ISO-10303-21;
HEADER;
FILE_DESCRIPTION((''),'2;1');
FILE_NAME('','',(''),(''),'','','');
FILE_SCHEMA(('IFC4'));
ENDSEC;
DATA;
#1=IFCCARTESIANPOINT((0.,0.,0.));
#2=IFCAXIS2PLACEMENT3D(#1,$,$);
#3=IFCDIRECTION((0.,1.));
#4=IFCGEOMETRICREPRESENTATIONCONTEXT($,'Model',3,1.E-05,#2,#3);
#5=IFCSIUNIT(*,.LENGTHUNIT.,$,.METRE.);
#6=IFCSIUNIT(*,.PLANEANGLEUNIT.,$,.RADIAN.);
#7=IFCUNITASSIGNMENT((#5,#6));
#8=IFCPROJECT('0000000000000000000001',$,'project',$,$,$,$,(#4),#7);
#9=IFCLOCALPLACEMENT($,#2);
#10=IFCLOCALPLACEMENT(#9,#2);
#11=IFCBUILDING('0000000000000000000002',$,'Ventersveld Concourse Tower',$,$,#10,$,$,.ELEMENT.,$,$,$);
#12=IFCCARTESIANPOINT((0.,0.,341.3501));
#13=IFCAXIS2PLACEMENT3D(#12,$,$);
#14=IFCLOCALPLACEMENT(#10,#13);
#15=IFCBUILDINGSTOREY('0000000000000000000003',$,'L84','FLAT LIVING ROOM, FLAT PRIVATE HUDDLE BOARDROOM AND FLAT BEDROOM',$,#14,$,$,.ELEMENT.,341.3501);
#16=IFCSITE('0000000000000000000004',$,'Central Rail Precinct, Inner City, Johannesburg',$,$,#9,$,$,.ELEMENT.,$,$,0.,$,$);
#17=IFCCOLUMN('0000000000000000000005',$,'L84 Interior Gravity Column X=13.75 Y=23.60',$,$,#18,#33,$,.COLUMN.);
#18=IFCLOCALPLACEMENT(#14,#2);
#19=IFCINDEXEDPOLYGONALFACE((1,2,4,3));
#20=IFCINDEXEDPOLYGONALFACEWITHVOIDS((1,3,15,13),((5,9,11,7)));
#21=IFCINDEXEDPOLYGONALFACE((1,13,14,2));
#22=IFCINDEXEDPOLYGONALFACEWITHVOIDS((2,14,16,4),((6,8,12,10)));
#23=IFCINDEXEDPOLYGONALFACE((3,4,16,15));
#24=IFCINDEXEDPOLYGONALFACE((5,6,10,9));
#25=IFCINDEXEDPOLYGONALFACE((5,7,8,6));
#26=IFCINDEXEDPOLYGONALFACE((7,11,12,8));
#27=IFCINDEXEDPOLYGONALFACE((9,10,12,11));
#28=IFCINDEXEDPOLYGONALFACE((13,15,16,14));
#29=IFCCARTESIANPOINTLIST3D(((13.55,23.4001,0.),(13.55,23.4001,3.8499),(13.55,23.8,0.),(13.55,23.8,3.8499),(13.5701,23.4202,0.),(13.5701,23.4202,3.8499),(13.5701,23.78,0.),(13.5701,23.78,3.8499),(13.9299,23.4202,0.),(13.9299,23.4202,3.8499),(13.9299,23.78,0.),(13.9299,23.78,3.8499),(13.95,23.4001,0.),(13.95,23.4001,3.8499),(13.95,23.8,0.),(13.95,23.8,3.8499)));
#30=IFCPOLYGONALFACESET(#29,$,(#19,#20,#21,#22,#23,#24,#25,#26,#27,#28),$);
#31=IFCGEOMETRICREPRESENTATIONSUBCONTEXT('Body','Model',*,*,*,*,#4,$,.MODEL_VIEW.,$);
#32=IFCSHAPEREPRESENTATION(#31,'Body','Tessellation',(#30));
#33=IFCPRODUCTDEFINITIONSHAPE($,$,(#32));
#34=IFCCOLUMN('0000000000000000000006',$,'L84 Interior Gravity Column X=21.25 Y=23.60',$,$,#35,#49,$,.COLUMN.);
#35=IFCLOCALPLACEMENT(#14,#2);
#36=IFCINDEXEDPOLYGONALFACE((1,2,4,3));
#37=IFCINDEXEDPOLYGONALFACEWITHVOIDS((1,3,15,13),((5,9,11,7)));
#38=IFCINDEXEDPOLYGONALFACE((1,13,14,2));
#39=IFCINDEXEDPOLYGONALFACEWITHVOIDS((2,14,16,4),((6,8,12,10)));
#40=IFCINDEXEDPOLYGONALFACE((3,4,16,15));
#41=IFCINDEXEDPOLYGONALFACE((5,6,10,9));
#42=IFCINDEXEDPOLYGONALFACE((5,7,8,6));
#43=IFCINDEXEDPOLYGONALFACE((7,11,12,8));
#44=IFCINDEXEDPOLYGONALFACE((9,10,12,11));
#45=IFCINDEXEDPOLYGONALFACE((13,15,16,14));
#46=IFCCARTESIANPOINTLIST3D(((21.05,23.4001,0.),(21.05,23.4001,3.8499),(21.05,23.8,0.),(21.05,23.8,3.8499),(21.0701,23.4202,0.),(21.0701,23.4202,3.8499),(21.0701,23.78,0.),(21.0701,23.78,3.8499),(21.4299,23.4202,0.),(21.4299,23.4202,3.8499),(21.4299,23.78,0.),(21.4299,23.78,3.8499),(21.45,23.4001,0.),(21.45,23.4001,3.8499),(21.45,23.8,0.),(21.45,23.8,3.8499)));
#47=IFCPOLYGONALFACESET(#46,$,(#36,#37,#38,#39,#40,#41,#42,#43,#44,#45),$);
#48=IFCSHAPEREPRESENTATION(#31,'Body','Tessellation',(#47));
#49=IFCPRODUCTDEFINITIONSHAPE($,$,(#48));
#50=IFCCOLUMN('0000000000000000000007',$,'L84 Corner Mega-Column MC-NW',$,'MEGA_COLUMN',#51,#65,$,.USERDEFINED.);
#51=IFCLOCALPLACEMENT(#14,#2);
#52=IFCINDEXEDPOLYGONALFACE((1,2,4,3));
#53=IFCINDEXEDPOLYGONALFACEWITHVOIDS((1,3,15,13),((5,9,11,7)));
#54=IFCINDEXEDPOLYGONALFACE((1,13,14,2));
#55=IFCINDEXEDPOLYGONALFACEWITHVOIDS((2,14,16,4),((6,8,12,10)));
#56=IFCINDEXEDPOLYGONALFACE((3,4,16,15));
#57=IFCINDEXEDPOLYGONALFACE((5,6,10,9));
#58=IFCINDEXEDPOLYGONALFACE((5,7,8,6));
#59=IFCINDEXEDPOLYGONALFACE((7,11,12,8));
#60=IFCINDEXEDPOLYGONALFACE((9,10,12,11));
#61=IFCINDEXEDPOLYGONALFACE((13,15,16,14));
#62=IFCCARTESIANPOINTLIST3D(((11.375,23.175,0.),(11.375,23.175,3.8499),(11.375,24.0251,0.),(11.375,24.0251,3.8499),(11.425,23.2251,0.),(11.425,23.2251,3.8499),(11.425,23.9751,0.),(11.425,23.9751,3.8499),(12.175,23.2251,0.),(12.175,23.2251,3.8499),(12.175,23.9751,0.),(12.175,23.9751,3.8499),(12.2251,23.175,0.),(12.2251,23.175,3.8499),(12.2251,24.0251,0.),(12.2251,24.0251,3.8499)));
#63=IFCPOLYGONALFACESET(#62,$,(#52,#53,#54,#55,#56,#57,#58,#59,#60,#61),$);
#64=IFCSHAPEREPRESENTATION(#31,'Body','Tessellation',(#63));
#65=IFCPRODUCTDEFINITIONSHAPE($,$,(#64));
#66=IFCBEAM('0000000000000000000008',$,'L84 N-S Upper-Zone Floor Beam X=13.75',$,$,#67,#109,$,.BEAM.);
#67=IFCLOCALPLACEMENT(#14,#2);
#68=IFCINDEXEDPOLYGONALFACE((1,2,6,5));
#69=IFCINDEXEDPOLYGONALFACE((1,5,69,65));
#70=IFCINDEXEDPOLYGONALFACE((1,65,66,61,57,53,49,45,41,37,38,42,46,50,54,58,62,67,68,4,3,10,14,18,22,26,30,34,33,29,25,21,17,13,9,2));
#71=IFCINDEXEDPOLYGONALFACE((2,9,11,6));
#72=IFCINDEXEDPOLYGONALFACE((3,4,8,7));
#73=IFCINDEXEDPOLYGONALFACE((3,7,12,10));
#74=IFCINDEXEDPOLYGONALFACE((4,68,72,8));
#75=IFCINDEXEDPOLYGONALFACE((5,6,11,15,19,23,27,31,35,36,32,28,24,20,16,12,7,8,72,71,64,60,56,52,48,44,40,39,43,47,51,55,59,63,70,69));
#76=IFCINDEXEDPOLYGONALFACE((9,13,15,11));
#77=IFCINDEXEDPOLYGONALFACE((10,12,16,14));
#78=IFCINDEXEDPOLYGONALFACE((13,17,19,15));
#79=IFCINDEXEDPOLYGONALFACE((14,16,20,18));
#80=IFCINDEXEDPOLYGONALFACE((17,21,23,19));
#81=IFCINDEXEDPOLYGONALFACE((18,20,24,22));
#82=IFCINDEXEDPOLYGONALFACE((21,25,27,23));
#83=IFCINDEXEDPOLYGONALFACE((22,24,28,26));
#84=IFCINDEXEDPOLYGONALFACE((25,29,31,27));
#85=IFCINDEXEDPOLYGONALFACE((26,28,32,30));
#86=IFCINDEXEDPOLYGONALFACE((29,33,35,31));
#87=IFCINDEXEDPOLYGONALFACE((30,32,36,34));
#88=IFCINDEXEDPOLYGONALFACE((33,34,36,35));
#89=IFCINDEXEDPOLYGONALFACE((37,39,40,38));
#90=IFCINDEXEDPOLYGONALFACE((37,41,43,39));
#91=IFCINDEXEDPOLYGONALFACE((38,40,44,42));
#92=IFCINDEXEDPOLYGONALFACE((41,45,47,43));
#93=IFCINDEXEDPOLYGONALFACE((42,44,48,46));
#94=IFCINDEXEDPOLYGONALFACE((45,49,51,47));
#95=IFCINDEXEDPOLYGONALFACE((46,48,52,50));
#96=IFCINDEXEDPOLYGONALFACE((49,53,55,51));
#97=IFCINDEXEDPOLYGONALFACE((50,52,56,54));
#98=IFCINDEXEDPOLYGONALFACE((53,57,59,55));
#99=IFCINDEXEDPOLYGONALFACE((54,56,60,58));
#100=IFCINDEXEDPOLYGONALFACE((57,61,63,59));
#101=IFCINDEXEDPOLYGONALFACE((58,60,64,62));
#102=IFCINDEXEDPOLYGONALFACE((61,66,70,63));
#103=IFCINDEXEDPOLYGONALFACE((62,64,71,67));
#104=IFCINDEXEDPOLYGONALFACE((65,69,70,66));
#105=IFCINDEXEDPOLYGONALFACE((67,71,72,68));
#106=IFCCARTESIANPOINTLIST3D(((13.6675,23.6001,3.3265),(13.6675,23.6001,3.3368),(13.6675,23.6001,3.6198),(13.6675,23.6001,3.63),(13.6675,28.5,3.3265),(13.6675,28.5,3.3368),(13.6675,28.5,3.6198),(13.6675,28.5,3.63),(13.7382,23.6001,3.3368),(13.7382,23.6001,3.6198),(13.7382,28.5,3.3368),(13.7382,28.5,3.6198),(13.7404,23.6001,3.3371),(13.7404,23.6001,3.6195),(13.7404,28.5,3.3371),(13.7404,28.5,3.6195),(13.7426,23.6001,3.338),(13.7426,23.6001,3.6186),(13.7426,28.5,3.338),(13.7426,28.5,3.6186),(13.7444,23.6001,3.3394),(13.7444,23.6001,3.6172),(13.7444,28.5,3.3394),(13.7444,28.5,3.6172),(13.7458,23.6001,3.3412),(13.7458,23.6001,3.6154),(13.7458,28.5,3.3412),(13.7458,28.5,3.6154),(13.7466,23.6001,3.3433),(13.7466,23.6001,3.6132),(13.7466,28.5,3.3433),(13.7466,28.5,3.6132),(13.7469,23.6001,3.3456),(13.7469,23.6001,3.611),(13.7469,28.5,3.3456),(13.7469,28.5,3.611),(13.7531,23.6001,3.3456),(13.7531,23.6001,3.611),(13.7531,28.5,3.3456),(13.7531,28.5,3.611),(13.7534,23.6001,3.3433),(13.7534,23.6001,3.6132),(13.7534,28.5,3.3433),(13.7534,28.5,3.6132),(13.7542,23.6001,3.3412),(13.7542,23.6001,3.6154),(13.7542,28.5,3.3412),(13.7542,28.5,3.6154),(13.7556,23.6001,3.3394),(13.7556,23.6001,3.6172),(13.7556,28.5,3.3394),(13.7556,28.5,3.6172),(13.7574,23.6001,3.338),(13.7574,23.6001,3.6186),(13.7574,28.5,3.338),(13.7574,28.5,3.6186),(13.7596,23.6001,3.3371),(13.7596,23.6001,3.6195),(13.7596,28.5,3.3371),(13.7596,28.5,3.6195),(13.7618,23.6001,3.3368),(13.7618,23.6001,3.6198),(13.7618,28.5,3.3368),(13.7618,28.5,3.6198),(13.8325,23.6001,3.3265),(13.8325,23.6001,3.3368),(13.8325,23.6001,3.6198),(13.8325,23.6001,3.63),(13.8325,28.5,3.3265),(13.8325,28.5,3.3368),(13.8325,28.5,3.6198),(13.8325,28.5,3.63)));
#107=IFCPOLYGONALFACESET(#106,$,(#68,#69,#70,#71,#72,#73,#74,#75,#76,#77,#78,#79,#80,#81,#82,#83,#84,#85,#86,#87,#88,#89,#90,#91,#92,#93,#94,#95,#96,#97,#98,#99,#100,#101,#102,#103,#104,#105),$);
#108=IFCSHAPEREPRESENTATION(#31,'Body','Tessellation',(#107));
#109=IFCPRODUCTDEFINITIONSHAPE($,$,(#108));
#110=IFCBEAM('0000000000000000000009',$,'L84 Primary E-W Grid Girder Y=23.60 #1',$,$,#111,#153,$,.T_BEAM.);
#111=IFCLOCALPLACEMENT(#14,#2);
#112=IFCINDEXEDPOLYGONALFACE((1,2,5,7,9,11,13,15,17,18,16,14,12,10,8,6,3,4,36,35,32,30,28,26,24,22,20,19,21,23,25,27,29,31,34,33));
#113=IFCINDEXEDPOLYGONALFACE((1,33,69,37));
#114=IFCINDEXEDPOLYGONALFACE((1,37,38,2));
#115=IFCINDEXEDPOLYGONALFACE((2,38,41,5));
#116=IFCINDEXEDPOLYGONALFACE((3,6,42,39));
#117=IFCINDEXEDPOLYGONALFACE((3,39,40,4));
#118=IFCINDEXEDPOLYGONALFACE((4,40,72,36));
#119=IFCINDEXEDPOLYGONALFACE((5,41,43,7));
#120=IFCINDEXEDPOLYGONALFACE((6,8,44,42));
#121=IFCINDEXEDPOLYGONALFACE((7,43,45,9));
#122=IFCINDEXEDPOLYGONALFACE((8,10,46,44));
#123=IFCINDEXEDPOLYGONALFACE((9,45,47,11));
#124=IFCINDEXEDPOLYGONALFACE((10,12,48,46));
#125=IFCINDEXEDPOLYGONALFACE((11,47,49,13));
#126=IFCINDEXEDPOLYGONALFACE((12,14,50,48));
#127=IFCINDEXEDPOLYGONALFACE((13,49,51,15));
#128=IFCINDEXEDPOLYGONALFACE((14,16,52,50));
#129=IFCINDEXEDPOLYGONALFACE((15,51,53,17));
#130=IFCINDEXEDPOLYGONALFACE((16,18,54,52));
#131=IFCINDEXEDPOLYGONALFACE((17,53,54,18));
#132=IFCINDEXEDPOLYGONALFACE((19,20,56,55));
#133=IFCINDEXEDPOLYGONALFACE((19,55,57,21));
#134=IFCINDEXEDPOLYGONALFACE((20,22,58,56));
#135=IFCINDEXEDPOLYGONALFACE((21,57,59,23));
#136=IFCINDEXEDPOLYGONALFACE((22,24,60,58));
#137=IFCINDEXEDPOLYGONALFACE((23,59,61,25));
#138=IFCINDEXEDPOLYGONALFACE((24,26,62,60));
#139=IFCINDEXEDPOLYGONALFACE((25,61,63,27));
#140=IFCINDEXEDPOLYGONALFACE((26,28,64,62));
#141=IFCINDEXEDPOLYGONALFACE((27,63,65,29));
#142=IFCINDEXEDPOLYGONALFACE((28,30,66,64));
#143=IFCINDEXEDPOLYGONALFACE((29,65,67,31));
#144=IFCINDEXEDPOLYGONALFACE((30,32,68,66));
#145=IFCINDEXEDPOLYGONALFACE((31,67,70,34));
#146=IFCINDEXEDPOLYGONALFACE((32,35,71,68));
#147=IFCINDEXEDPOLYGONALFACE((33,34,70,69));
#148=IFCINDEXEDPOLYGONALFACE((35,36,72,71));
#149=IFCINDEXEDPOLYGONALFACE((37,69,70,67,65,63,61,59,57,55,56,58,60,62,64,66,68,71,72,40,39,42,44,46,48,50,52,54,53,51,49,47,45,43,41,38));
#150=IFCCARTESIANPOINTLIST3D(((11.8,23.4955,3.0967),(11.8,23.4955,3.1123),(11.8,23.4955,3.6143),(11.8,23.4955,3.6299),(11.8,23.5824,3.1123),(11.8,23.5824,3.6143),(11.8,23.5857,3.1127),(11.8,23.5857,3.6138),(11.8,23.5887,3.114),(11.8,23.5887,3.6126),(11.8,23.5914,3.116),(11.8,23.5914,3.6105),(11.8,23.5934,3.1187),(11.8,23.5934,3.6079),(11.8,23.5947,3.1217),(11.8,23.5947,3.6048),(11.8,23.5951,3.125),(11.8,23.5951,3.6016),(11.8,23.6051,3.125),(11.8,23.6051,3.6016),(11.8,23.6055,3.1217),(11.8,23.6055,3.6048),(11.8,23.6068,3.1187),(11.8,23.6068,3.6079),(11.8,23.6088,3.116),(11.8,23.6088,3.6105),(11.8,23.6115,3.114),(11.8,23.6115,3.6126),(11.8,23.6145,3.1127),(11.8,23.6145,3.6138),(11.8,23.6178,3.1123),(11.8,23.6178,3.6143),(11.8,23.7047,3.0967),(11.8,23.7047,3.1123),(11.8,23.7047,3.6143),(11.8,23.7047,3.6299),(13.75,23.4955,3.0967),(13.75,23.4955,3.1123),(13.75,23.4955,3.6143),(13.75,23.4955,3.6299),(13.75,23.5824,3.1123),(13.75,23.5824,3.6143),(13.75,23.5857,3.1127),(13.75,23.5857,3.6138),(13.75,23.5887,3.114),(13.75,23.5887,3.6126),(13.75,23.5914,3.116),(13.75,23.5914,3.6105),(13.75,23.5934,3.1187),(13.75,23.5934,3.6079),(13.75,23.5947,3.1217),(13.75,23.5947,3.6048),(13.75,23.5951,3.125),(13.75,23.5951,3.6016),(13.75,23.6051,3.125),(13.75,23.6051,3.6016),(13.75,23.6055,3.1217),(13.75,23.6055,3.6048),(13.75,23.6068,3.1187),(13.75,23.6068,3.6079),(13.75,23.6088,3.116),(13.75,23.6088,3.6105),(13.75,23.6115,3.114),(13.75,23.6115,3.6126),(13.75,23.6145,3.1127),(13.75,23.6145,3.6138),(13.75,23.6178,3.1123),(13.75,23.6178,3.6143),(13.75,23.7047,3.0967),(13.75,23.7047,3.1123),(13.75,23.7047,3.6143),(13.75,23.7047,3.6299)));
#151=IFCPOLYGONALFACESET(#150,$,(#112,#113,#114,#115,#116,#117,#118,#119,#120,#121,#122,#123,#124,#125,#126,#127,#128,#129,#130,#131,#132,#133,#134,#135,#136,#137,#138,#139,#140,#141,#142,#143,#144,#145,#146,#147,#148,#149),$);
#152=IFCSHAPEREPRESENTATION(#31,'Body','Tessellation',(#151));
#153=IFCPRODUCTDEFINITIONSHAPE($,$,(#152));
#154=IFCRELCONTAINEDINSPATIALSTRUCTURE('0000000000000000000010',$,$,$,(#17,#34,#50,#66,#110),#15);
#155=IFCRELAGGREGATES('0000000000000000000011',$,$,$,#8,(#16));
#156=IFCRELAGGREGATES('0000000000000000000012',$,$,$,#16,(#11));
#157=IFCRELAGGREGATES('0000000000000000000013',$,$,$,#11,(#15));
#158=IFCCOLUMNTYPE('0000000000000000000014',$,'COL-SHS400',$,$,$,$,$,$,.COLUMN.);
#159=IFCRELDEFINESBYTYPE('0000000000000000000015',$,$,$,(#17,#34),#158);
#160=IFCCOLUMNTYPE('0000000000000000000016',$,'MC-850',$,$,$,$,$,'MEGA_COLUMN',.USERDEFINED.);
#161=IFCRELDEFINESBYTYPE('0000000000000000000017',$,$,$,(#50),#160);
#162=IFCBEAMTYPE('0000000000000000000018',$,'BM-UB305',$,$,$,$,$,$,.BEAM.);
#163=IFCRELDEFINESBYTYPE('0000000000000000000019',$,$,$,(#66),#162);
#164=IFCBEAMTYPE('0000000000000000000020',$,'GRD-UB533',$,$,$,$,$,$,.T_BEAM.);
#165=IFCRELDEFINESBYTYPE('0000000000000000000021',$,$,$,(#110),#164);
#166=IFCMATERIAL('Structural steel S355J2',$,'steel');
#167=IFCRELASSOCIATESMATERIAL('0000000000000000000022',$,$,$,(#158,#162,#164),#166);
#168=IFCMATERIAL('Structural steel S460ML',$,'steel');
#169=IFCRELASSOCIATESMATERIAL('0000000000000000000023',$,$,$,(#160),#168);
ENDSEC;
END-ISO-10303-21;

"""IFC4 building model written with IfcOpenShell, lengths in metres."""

from ifc_helpers import new_model, si_unit, direction, frame, origin, origin_2d, place, context, subcontext, project, spatial, hollow_rectangle, i_section, extrude, material, material_profile, profile_set, type_object, element, save


model = new_model("IFC4")

# Units and contexts
model_context = context("Model", 3, precision=1e-05, world=origin(), true_north=direction((0.0, 1.0)))
body_context = subcontext(model_context, "Body", "Model", "MODEL_VIEW")
ifc_project = project(units=[si_unit("LENGTHUNIT", "METRE"), si_unit("PLANEANGLEUNIT", "RADIAN")], contexts=[model_context])

# Site, building, storey
site_placement = place(None, origin())
site = spatial("IfcSite", under=ifc_project, at=site_placement, Name="Central Rail Precinct, Inner City, Johannesburg", CompositionType="ELEMENT", RefElevation=0.0)
building_placement = place(site_placement, origin())
building = spatial("IfcBuilding", under=site, at=building_placement, Name="Ventersveld Concourse Tower", CompositionType="ELEMENT")
storey_placement = place(building_placement, frame((0.0, 0.0, 341.3501)))
storey = spatial("IfcBuildingStorey", under=building, at=storey_placement, Name="L84", Description="FLAT LIVING ROOM, FLAT PRIVATE HUDDLE BOARDROOM AND FLAT BEDROOM", CompositionType="ELEMENT", Elevation=341.3501)

# Columns
ifc_material_1 = material(Name="Structural steel S355J2", Category="steel")
ifc_material_profile_1 = material_profile(ifc_material_1, hollow_rectangle(XDim=0.3999, YDim=0.3999, WallThickness=0.02, at=origin_2d()), Name="SHS 400x400x20")
ifc_profile_set_1 = profile_set([ifc_material_profile_1], Name="Structural steel S355J2")
column_type_1 = type_object("IfcColumnType", Name="COL-SHS400", PredefinedType="COLUMN", material=ifc_profile_set_1)
for number, where, z_axis, x_axis, name in (
    (1, (13.75, 23.6001, 0.0), (0.0, 0.0, 1.0), (1.0, 0.0, 0.0), "L84 Interior Gravity Column X=13.75 Y=23.60"),
    (2, (21.25, 23.6001, 0.0), (0.0, 0.0, 1.0), (1.0, 0.0, 0.0), "L84 Interior Gravity Column X=21.25 Y=23.60"),
):
    element("IfcColumn", number, at=place(storey_placement, frame(where, z_axis=z_axis, x_axis=x_axis)), inside=storey, type_object=column_type_1, Name=name, PredefinedType="COLUMN", context=body_context, shape_type="SweptSolid", body=[
        extrude(hollow_rectangle(XDim=0.3999, YDim=0.3999, WallThickness=0.02, at=origin_2d()), origin(), (0.0, 0.0, 1.0), 3.8499),
    ])
ifc_material_2 = material(Name="Structural steel S460ML", Category="steel")
ifc_material_profile_2 = material_profile(ifc_material_2, hollow_rectangle(XDim=0.8501, YDim=0.8501, WallThickness=0.05, at=origin_2d()), Name="BOX 850x850x50")
ifc_profile_set_2 = profile_set([ifc_material_profile_2], Name="Structural steel S460ML")
column_type_2 = type_object("IfcColumnType", Name="MC-850", ElementType="MEGA_COLUMN", PredefinedType="USERDEFINED", material=ifc_profile_set_2)
column_placement = place(storey_placement, frame((11.8, 23.6001, 0.0), z_axis=(0.0, 0.0, 1.0), x_axis=(1.0, 0.0, 0.0)))
element("IfcColumn", 3, at=column_placement, inside=storey, type_object=column_type_2, Name="L84 Corner Mega-Column MC-NW", ObjectType="MEGA_COLUMN", PredefinedType="USERDEFINED", context=body_context, shape_type="SweptSolid", body=[
    extrude(hollow_rectangle(XDim=0.8501, YDim=0.8501, WallThickness=0.05, at=origin_2d()), origin(), (0.0, 0.0, 1.0), 3.8499),
])

# Beams
ifc_material_profile_3 = material_profile(ifc_material_1, i_section(OverallWidth=0.165, OverallDepth=0.3035, WebThickness=0.0061, FlangeThickness=0.0103, FilletRadius=0.0088, at=origin_2d()), Name="UB 305x165x40")
ifc_profile_set_3 = profile_set([ifc_material_profile_3], Name="Structural steel S355J2")
beam_type_1 = type_object("IfcBeamType", Name="BM-UB305", PredefinedType="BEAM", material=ifc_profile_set_3)
beam_1_placement = place(storey_placement, frame((13.75, 23.6001, 3.4783), z_axis=(0.0, 1.0, 0.0), x_axis=(-1.0, 0.0, 0.0)))
element("IfcBeam", 4, at=beam_1_placement, inside=storey, type_object=beam_type_1, Name="L84 N-S Upper-Zone Floor Beam X=13.75", PredefinedType="BEAM", context=body_context, shape_type="SweptSolid", body=[
    extrude(i_section(OverallWidth=0.165, OverallDepth=0.3035, WebThickness=0.0061, FlangeThickness=0.0103, FilletRadius=0.0088, at=origin_2d()), origin(), (0.0, 0.0, 1.0), 4.8999),
])
ifc_material_profile_4 = material_profile(ifc_material_1, i_section(OverallWidth=0.2092, OverallDepth=0.5332, WebThickness=0.01, FlangeThickness=0.0156, FilletRadius=0.0127, at=origin_2d()), Name="UB 533x210x92")
ifc_profile_set_4 = profile_set([ifc_material_profile_4], Name="Structural steel S355J2")
beam_type_2 = type_object("IfcBeamType", Name="GRD-UB533", PredefinedType="T_BEAM", material=ifc_profile_set_4)
beam_2_placement = place(storey_placement, frame((11.8, 23.6001, 3.3633), z_axis=(1.0, 0.0, 0.0), x_axis=(0.0, 1.0, 0.0)))
element("IfcBeam", 5, at=beam_2_placement, inside=storey, type_object=beam_type_2, Name="L84 Primary E-W Grid Girder Y=23.60 #1", PredefinedType="T_BEAM", context=body_context, shape_type="SweptSolid", body=[
    extrude(i_section(OverallWidth=0.2092, OverallDepth=0.5332, WebThickness=0.01, FlangeThickness=0.0156, FilletRadius=0.0127, at=origin_2d()), origin(), (0.0, 0.0, 1.0), 1.95),
])

save(model, "model.ifc")
